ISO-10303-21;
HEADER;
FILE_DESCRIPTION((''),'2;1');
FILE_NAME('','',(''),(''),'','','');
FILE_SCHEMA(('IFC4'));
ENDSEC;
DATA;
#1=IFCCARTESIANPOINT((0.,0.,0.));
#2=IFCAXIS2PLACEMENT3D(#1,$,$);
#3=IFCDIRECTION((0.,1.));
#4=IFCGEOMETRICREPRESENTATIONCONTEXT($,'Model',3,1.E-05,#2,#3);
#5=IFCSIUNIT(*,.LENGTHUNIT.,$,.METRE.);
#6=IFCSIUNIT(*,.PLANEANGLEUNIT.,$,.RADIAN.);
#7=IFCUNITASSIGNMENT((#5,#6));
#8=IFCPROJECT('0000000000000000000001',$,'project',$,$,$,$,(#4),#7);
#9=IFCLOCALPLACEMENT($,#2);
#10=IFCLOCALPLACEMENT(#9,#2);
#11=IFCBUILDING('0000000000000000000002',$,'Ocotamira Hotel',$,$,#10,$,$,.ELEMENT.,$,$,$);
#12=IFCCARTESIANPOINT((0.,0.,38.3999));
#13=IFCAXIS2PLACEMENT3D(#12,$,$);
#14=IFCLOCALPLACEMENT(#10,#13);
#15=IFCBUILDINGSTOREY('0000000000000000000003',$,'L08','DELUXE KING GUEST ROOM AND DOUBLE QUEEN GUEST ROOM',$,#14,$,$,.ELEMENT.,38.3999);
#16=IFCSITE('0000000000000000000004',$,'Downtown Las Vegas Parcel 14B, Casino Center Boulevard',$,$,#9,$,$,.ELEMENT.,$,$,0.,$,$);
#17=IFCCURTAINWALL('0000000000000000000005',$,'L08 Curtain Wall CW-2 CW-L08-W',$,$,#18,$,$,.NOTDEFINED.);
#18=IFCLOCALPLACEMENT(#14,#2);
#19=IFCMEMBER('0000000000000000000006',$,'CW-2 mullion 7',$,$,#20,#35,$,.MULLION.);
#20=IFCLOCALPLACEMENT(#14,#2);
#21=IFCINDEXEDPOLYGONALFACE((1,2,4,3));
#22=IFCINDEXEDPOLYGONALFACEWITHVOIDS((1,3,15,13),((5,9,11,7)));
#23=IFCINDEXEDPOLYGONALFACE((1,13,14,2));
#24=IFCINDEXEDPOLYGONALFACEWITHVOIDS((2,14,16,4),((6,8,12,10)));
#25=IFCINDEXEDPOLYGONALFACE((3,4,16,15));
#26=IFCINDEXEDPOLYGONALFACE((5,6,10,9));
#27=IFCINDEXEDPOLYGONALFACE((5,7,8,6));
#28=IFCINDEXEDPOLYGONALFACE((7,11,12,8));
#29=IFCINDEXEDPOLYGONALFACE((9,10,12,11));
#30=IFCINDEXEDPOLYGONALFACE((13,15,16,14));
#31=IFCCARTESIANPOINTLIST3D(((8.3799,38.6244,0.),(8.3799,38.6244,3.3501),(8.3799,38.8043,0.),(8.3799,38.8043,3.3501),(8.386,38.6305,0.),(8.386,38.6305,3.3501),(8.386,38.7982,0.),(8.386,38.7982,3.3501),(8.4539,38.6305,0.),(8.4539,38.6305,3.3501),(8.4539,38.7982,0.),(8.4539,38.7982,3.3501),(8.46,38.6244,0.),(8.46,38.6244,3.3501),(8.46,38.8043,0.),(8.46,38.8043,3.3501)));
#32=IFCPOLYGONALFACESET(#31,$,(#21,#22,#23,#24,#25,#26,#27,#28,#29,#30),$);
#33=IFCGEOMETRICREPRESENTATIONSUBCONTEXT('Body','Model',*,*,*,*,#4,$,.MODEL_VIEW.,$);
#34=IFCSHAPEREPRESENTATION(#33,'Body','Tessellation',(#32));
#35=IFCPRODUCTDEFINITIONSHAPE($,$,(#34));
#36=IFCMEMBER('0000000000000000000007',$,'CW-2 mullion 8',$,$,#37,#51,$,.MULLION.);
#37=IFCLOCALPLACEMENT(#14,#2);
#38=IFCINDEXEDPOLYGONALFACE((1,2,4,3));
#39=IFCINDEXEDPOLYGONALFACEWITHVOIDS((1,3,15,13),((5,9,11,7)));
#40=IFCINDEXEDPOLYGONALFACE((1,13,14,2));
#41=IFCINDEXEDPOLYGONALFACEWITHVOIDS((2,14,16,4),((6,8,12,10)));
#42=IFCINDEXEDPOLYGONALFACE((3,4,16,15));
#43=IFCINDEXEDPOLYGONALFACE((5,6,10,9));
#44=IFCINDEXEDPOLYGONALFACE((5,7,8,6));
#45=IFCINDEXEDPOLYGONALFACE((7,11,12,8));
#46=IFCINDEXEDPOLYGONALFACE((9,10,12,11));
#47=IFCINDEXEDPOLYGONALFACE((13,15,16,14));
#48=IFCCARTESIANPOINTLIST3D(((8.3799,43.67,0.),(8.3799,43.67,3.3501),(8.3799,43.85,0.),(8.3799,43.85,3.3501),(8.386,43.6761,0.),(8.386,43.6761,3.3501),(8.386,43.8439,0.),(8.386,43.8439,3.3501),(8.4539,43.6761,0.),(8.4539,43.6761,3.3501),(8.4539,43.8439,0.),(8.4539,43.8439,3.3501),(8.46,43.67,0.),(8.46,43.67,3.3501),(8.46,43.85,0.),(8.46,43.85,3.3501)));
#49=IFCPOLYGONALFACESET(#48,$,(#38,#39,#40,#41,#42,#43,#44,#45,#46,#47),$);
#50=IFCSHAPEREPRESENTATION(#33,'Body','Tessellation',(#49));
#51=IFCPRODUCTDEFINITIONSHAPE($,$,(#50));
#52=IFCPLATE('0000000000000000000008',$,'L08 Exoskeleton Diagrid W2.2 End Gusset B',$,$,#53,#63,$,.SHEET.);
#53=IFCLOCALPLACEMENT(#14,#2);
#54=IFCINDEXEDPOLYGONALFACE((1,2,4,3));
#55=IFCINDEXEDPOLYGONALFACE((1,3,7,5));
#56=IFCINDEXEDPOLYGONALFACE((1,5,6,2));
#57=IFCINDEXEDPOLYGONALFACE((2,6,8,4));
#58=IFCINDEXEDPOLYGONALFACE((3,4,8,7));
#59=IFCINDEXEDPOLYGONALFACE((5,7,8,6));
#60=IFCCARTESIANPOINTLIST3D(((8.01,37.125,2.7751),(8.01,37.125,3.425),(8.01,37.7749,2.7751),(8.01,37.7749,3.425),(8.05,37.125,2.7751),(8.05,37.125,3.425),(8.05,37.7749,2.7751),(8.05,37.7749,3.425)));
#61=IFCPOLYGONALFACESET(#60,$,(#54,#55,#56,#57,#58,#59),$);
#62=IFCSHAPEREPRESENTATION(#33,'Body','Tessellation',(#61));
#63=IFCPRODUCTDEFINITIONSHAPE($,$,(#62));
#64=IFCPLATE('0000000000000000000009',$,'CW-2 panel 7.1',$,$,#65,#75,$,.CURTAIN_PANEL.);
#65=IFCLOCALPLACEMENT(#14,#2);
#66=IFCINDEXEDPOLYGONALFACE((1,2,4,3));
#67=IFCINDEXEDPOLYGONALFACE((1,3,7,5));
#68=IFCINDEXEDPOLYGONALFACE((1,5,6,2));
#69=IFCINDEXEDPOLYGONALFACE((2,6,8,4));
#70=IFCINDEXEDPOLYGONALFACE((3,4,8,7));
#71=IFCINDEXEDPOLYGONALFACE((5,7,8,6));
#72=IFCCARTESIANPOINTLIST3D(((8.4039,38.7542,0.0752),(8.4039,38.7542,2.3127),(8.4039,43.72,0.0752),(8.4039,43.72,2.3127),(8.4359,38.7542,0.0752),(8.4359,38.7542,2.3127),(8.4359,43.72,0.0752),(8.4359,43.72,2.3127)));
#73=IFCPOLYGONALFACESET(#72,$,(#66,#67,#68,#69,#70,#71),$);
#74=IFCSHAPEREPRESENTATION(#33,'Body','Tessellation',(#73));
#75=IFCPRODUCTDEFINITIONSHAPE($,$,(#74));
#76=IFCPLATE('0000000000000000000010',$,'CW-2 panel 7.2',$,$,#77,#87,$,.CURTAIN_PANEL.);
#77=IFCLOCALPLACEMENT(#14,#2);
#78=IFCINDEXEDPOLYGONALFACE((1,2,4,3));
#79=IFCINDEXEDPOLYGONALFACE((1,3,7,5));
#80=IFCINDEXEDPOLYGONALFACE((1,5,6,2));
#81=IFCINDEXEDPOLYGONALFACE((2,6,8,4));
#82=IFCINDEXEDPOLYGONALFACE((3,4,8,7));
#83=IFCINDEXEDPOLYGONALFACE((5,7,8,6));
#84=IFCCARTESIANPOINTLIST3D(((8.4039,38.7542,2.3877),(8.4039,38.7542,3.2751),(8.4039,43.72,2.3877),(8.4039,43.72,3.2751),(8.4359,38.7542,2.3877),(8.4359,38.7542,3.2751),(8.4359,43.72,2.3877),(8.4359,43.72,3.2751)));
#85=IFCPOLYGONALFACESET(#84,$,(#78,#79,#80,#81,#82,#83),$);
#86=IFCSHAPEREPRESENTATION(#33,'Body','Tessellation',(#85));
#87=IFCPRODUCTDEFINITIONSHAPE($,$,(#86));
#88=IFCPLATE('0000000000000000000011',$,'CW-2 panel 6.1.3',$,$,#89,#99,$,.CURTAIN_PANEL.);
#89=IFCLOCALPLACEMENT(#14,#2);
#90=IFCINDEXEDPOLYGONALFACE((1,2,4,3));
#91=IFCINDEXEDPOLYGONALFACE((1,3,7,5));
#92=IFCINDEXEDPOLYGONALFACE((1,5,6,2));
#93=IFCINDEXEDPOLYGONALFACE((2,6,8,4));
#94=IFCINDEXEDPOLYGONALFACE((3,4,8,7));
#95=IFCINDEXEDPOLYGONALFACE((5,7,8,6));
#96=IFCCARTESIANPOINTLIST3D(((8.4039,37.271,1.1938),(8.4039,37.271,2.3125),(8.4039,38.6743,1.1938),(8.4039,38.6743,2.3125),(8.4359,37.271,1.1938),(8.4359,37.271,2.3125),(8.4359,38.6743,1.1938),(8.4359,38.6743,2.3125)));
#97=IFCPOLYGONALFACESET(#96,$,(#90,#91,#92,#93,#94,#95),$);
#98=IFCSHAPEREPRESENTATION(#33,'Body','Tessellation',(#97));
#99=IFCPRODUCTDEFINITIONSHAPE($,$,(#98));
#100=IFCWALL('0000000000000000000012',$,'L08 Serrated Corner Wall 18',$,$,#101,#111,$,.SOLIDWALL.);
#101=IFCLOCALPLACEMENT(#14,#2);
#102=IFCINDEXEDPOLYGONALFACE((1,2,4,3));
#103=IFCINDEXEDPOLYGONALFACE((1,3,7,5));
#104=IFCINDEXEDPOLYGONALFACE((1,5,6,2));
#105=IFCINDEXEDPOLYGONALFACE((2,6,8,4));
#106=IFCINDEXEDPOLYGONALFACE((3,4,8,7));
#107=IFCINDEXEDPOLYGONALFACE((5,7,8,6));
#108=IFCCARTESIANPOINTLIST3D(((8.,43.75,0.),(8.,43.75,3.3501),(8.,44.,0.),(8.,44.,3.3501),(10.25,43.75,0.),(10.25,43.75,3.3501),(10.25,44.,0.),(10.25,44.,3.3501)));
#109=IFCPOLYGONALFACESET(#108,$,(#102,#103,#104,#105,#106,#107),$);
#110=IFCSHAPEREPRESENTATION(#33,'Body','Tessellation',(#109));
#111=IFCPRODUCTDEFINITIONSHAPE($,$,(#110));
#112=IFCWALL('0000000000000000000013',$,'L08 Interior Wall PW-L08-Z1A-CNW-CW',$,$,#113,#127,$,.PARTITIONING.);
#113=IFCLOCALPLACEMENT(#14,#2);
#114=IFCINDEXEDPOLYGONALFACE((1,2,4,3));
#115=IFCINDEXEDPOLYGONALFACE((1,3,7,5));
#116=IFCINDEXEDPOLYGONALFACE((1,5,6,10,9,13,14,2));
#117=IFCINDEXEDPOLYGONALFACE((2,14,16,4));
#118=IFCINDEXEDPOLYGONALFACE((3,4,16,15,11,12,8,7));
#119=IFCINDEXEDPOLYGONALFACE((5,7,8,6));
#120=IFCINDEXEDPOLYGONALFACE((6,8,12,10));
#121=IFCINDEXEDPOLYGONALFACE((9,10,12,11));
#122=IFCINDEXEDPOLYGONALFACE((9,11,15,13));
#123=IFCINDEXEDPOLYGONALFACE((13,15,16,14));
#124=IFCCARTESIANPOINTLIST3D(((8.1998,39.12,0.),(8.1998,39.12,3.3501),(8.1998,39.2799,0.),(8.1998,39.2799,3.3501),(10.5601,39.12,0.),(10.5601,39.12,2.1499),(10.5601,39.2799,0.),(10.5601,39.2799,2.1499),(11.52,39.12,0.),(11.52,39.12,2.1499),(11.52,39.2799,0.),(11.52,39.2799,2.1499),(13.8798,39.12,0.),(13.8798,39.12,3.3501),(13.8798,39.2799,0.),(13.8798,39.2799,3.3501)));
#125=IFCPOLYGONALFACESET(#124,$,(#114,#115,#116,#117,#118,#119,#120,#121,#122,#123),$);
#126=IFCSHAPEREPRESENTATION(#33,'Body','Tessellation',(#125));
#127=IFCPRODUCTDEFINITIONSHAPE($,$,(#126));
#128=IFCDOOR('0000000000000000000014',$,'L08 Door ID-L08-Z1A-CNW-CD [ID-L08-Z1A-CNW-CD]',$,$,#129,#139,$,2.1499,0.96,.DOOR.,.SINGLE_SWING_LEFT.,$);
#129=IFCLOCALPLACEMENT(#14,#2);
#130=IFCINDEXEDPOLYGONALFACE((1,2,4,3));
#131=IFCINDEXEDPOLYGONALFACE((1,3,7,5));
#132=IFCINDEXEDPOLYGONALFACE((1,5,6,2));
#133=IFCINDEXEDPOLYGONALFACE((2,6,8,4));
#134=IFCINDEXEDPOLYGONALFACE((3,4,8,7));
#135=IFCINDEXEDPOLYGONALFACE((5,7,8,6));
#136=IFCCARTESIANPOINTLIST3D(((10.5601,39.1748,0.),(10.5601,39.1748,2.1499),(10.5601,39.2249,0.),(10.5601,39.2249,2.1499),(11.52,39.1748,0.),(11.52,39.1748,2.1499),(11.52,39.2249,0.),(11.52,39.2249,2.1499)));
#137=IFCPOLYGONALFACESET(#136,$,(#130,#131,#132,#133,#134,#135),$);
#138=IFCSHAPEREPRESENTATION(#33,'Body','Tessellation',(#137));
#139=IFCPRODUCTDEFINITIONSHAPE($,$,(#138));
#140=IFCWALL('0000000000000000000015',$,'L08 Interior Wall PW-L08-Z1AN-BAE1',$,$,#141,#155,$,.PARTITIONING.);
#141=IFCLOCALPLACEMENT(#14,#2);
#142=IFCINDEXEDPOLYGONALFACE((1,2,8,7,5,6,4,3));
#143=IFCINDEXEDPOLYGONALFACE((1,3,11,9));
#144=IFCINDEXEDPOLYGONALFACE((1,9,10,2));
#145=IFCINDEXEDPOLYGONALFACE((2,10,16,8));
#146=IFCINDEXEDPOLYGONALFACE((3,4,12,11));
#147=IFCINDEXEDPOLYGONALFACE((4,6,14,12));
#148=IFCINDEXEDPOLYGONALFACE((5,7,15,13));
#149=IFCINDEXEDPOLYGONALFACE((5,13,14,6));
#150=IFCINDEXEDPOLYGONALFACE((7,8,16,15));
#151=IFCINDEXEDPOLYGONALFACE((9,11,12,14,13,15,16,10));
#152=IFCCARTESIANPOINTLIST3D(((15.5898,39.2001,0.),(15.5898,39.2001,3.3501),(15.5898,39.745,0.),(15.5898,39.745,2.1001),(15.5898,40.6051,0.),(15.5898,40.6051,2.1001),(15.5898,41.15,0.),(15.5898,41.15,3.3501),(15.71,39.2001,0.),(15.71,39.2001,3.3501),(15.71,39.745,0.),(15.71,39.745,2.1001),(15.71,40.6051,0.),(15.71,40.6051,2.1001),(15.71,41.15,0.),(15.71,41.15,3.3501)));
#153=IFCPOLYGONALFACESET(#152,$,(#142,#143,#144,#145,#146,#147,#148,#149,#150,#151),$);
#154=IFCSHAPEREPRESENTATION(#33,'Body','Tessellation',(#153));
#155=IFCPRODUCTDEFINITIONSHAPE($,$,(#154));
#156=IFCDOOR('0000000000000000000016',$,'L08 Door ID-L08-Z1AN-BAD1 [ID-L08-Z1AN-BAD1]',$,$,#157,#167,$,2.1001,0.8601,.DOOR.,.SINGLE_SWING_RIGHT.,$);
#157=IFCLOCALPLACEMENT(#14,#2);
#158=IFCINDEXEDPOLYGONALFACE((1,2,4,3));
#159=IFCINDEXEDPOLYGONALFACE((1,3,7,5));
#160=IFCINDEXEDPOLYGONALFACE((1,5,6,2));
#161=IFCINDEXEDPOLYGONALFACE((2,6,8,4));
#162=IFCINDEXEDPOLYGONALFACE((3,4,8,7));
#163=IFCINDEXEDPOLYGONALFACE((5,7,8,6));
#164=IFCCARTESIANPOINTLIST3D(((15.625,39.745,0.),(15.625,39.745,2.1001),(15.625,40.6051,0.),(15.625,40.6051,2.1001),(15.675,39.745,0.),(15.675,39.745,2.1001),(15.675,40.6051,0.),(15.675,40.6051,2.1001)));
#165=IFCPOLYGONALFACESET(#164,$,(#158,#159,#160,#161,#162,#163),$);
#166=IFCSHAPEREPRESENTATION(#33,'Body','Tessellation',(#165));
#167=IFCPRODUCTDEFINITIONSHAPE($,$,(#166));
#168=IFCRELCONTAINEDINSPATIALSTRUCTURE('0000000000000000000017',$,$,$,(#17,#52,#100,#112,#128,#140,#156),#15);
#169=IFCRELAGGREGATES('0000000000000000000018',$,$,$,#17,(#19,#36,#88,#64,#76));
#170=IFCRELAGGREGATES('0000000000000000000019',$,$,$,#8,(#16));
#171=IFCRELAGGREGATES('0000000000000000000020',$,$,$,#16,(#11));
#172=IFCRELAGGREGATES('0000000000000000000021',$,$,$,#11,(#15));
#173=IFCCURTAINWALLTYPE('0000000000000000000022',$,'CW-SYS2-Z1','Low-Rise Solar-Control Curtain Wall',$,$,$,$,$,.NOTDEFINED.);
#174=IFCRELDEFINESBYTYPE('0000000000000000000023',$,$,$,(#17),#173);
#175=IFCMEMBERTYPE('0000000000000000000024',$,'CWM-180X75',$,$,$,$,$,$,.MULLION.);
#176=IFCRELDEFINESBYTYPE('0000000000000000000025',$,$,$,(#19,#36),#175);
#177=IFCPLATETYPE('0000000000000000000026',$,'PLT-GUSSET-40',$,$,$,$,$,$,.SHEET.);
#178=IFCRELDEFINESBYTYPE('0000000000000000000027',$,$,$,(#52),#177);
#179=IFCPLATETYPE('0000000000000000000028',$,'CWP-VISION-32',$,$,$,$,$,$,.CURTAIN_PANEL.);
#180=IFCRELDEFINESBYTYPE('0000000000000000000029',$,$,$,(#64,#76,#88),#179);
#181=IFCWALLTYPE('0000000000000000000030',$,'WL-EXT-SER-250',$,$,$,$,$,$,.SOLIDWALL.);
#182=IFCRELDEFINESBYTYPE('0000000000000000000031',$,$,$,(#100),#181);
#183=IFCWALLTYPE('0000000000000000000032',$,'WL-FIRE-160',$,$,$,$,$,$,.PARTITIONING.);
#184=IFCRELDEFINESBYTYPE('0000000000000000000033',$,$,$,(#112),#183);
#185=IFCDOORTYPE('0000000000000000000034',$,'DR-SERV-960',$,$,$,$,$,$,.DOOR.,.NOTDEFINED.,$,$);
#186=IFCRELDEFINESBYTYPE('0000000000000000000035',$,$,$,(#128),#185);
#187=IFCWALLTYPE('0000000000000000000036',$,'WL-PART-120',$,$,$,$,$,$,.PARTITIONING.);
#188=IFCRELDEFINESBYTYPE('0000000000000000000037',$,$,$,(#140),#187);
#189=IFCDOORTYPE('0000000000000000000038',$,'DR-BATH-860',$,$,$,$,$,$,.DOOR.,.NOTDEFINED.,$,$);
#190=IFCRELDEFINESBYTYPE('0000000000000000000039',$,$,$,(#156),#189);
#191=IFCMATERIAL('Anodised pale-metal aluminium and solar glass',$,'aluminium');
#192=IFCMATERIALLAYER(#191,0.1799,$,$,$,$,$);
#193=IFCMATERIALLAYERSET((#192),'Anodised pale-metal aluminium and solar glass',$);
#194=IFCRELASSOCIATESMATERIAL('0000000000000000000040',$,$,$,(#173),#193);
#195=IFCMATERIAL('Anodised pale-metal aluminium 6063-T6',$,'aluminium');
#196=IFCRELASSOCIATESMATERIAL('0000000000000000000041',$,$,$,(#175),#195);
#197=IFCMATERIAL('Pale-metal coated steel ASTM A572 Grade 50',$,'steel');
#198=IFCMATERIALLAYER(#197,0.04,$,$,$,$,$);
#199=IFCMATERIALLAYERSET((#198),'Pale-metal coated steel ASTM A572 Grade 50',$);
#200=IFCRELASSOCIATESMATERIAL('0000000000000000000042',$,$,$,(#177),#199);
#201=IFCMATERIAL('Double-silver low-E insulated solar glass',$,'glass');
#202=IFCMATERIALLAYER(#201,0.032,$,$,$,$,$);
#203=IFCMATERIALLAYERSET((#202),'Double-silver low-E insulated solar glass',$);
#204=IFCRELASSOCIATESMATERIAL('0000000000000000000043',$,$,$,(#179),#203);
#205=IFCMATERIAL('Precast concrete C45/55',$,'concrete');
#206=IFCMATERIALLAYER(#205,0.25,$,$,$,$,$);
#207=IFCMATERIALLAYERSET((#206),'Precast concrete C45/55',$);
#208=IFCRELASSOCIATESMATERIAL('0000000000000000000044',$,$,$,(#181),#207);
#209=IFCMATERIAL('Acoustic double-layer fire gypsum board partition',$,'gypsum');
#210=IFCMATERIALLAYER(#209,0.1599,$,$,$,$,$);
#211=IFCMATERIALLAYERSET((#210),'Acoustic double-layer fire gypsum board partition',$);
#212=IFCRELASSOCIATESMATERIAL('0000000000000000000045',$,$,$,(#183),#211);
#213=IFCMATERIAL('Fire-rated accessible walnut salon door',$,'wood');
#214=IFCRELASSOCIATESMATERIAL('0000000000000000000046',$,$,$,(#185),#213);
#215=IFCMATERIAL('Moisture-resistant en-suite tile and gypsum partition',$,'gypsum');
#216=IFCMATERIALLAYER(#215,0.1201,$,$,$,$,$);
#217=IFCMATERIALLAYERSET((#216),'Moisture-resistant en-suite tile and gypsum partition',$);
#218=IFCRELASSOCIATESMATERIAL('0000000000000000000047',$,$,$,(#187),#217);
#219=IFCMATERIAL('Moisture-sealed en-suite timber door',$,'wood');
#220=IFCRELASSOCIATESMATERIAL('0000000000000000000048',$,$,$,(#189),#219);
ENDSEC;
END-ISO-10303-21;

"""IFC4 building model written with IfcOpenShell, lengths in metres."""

from ifc_helpers import new_model, si_unit, direction, frame, frame_2d, origin, origin_2d, place, context, subcontext, project, spatial, rectangle, hollow_rectangle, extrude, source, transform, mapped, material, layer, layer_set, material_profile, profile_set, type_object, element, fill, aggregate, save


model = new_model("IFC4")

# Units and contexts
model_context = context("Model", 3, precision=1e-05, world=origin(), true_north=direction((0.0, 1.0)))
body_context = subcontext(model_context, "Body", "Model", "MODEL_VIEW")
ifc_project = project(units=[si_unit("LENGTHUNIT", "METRE"), si_unit("PLANEANGLEUNIT", "RADIAN")], contexts=[model_context])

# Site, building, storey
site_placement = place(None, origin())
site = spatial("IfcSite", under=ifc_project, at=site_placement, Name="Downtown Las Vegas Parcel 14B, Casino Center Boulevard", CompositionType="ELEMENT", RefElevation=0.0)
building_placement = place(site_placement, origin())
building = spatial("IfcBuilding", under=site, at=building_placement, Name="Ocotamira Hotel", CompositionType="ELEMENT")
storey_placement = place(building_placement, frame((0.0, 0.0, 38.3999)))
storey = spatial("IfcBuildingStorey", under=building, at=storey_placement, Name="L08", Description="DELUXE KING GUEST ROOM AND DOUBLE QUEEN GUEST ROOM", CompositionType="ELEMENT", Elevation=38.3999)

# Curtain wall, members
ifc_material_1 = material(Name="Anodised pale-metal aluminium and solar glass", Category="aluminium")
ifc_layer_1 = layer(ifc_material_1, 0.1799)
ifc_layer_set_1 = layer_set([ifc_layer_1], Name="Anodised pale-metal aluminium and solar glass")
curtain_wall_type = type_object("IfcCurtainWallType", Name="CW-SYS2-Z1", Description="Low-Rise Solar-Control Curtain Wall", PredefinedType="NOTDEFINED", material=ifc_layer_set_1)
curtain_wall_placement = place(storey_placement, origin())
curtain_wall = element("IfcCurtainWall", 1, at=curtain_wall_placement, inside=storey, type_object=curtain_wall_type, Name="L08 Curtain Wall CW-2 CW-L08-W", PredefinedType="NOTDEFINED")
ifc_material_2 = material(Name="Anodised pale-metal aluminium 6063-T6", Category="aluminium")
ifc_material_profile_1 = material_profile(ifc_material_2, hollow_rectangle(XDim=0.0801, YDim=0.1799, WallThickness=0.0061, at=origin_2d()), Name="HSS180X80X6")
ifc_profile_set_1 = profile_set([ifc_material_profile_1], Name="Anodised pale-metal aluminium 6063-T6")
member_type_1 = type_object("IfcMemberType", Name="CWM-180X75", PredefinedType="MULLION", material=ifc_profile_set_1)
shared_shape_1 = source(origin(), body_context, "Body", "SweptSolid", [
    extrude(hollow_rectangle(XDim=0.0801, YDim=0.1799, WallThickness=0.0061, at=origin_2d()), origin(), (0.0, 0.0, 1.0), 3.3501),
])
member_1_placement = place(storey_placement, frame((8.4199, 38.7144, 0.0), z_axis=(0.0, 0.0, 1.0), x_axis=(-1.0, 0.0, 0.0)))
member_1 = element("IfcMember", 2, at=member_1_placement, type_object=member_type_1, Name="CW-2 mullion 7", PredefinedType="MULLION", context=body_context, shape_type="MappedRepresentation", body=[
    mapped(shared_shape_1, transform((0.0, 0.0, 0.0), scale=1.0)),
])
member_2_placement = place(storey_placement, frame((8.4199, 43.76, 0.0), z_axis=(0.0, 0.0, 1.0), x_axis=(-1.0, 0.0, 0.0)))
member_2 = element("IfcMember", 3, at=member_2_placement, type_object=member_type_1, Name="CW-2 mullion 8", PredefinedType="MULLION", context=body_context, shape_type="MappedRepresentation", body=[
    mapped(shared_shape_1, transform((0.0, 0.0, 0.0), scale=1.0)),
])

# Plates
ifc_material_3 = material(Name="Pale-metal coated steel ASTM A572 Grade 50", Category="steel")
ifc_layer_2 = layer(ifc_material_3, 0.04)
ifc_layer_set_2 = layer_set([ifc_layer_2], Name="Pale-metal coated steel ASTM A572 Grade 50")
plate_type_1 = type_object("IfcPlateType", Name="PLT-GUSSET-40", PredefinedType="SHEET", material=ifc_layer_set_2)
shared_shape_2 = source(origin(), body_context, "Body", "SweptSolid", [
    extrude(rectangle(XDim=0.04, YDim=0.6499, at=origin_2d()), origin(), (0.0, 0.0, 1.0), 0.6499),
])
plate_1_placement = place(storey_placement, frame((8.03, 37.45, 2.7751), z_axis=(0.0, 0.0, 1.0), x_axis=(1.0, 0.0, 0.0)))
element("IfcPlate", 4, at=plate_1_placement, inside=storey, type_object=plate_type_1, Name="L08 Exoskeleton Diagrid W2.2 End Gusset B", PredefinedType="SHEET", context=body_context, shape_type="MappedRepresentation", body=[
    mapped(shared_shape_2, transform((0.0, 0.0, 0.0), scale=1.0)),
])
ifc_material_4 = material(Name="Double-silver low-E insulated solar glass", Category="glass")
ifc_layer_3 = layer(ifc_material_4, 0.032)
ifc_layer_set_3 = layer_set([ifc_layer_3], Name="Double-silver low-E insulated solar glass")
plate_type_2 = type_object("IfcPlateType", Name="CWP-VISION-32", PredefinedType="CURTAIN_PANEL", material=ifc_layer_set_3)
shared_shape_3 = source(origin(), body_context, "Body", "SweptSolid", [
    extrude(rectangle(XDim=4.9658, YDim=0.032, at=origin_2d()), origin(), (0.0, 0.0, 1.0), 2.2375),
])
plate_2_placement = place(storey_placement, frame((8.4199, 41.2371, 0.0752), z_axis=(0.0, 0.0, 1.0), x_axis=(0.0, 1.0, 0.0)))
plate_2 = element("IfcPlate", 5, at=plate_2_placement, type_object=plate_type_2, Name="CW-2 panel 7.1", PredefinedType="CURTAIN_PANEL", context=body_context, shape_type="MappedRepresentation", body=[
    mapped(shared_shape_3, transform((0.0, 0.0, 0.0), scale=1.0)),
])
shared_shape_4 = source(origin(), body_context, "Body", "SweptSolid", [
    extrude(rectangle(XDim=4.9658, YDim=0.032, at=origin_2d()), origin(), (0.0, 0.0, 1.0), 0.8875),
])
plate_3_placement = place(storey_placement, frame((8.4199, 41.2371, 2.3877), z_axis=(0.0, 0.0, 1.0), x_axis=(0.0, 1.0, 0.0)))
plate_3 = element("IfcPlate", 6, at=plate_3_placement, type_object=plate_type_2, Name="CW-2 panel 7.2", PredefinedType="CURTAIN_PANEL", context=body_context, shape_type="MappedRepresentation", body=[
    mapped(shared_shape_4, transform((0.0, 0.0, 0.0), scale=1.0)),
])
shared_shape_5 = source(origin(), body_context, "Body", "SweptSolid", [
    extrude(rectangle(XDim=1.4033, YDim=0.032, at=origin_2d()), origin(), (0.0, 0.0, 1.0), 1.1187),
])
plate_4_placement = place(storey_placement, frame((8.4199, 37.9727, 1.1938), z_axis=(0.0, 0.0, 1.0), x_axis=(0.0, 1.0, 0.0)))
plate_4 = element("IfcPlate", 7, at=plate_4_placement, type_object=plate_type_2, Name="CW-2 panel 6.1.3", PredefinedType="CURTAIN_PANEL", context=body_context, shape_type="MappedRepresentation", body=[
    mapped(shared_shape_5, transform((0.0, 0.0, 0.0), scale=1.0)),
])
aggregate(curtain_wall, [member_1, member_2, plate_4, plate_2, plate_3])

# Wall
ifc_material_5 = material(Name="Precast concrete C45/55", Category="concrete")
ifc_layer_4 = layer(ifc_material_5, 0.25)
ifc_layer_set_4 = layer_set([ifc_layer_4], Name="Precast concrete C45/55")
wall_type_1 = type_object("IfcWallType", Name="WL-EXT-SER-250", PredefinedType="SOLIDWALL", material=ifc_layer_set_4)
wall_1_placement = place(storey_placement, frame((10.25, 43.875, 0.0), z_axis=(0.0, 0.0, 1.0), x_axis=(-1.0, 0.0, 0.0)))
element("IfcWall", 8, at=wall_1_placement, inside=storey, type_object=wall_type_1, Name="L08 Serrated Corner Wall 18", PredefinedType="SOLIDWALL", context=body_context, shape_type="SweptSolid", body=[
    extrude(rectangle(XDim=2.25, YDim=0.25, at=frame_2d((1.125, 0.0))), origin(), (0.0, 0.0, 1.0), 3.3501),
])

# Wall, opening, door
ifc_material_6 = material(Name="Acoustic double-layer fire gypsum board partition", Category="gypsum")
ifc_layer_5 = layer(ifc_material_6, 0.1599)
ifc_layer_set_5 = layer_set([ifc_layer_5], Name="Acoustic double-layer fire gypsum board partition")
wall_type_2 = type_object("IfcWallType", Name="WL-FIRE-160", PredefinedType="PARTITIONING", material=ifc_layer_set_5)
wall_2_placement = place(storey_placement, frame((8.2, 39.2, 0.0), z_axis=(0.0, 0.0, 1.0), x_axis=(1.0, 0.0, 0.0)))
wall_2 = element("IfcWall", 9, at=wall_2_placement, inside=storey, type_object=wall_type_2, Name="L08 Interior Wall PW-L08-Z1A-CNW-CW", PredefinedType="PARTITIONING", context=body_context, shape_type="SweptSolid", body=[
    extrude(rectangle(XDim=5.6799, YDim=0.1599, at=frame_2d((2.8398, 0.0))), origin(), (0.0, 0.0, 1.0), 3.3501),
])
opening_1_placement = place(wall_2_placement, frame((2.3601, 0.0, 0.0)))
opening_1 = element("IfcOpeningElement", 10, at=opening_1_placement, cuts=wall_2, PredefinedType="OPENING", context=body_context, shape_type="SweptSolid", body=[
    extrude(rectangle(XDim=0.96, YDim=2.1499, at=frame_2d((0.48, 1.075))), frame((0.0, 0.0898, 0.0), z_axis=(0.0, -1.0, 0.0), x_axis=(1.0, 0.0, 0.0)), (0.0, 0.0, 1.0), 0.1799),
])
ifc_material_7 = material(Name="Fire-rated accessible walnut salon door", Category="wood")
door_type_1 = type_object("IfcDoorType", Name="DR-SERV-960", OperationType="NOTDEFINED", PredefinedType="DOOR", material=ifc_material_7)
shared_shape_6 = source(origin(), body_context, "Body", "SweptSolid", [
    extrude(rectangle(XDim=0.96, YDim=2.1499, at=frame_2d((0.48, 1.075))), frame((0.0, 0.0249, 0.0), z_axis=(0.0, -1.0, 0.0), x_axis=(1.0, 0.0, 0.0)), (0.0, 0.0, 1.0), 0.05),
])
door_1_placement = place(opening_1_placement, origin())
door_1 = element("IfcDoor", 11, at=door_1_placement, inside=storey, type_object=door_type_1, Name="L08 Door ID-L08-Z1A-CNW-CD [ID-L08-Z1A-CNW-CD]", OperationType="SINGLE_SWING_LEFT", OverallHeight=2.1499, OverallWidth=0.96, PredefinedType="DOOR", context=body_context, shape_type="MappedRepresentation", body=[
    mapped(shared_shape_6, transform((0.0, 0.0, 0.0), scale=1.0)),
])
fill(opening_1, door_1)

# Wall, opening, door
ifc_material_8 = material(Name="Moisture-resistant en-suite tile and gypsum partition", Category="gypsum")
ifc_layer_6 = layer(ifc_material_8, 0.1201)
ifc_layer_set_6 = layer_set([ifc_layer_6], Name="Moisture-resistant en-suite tile and gypsum partition")
wall_type_3 = type_object("IfcWallType", Name="WL-PART-120", PredefinedType="PARTITIONING", material=ifc_layer_set_6)
wall_3_placement = place(storey_placement, frame((15.6499, 39.2, 0.0), z_axis=(0.0, 0.0, 1.0), x_axis=(0.0, 1.0, 0.0)))
wall_3 = element("IfcWall", 12, at=wall_3_placement, inside=storey, type_object=wall_type_3, Name="L08 Interior Wall PW-L08-Z1AN-BAE1", PredefinedType="PARTITIONING", context=body_context, shape_type="SweptSolid", body=[
    extrude(rectangle(XDim=1.95, YDim=0.1201, at=frame_2d((0.9751, 0.0))), origin(), (0.0, 0.0, 1.0), 3.3501),
])
opening_2_placement = place(wall_3_placement, frame((0.5449, 0.0, 0.0)))
opening_2 = element("IfcOpeningElement", 13, at=opening_2_placement, cuts=wall_3, PredefinedType="OPENING", context=body_context, shape_type="SweptSolid", body=[
    extrude(rectangle(XDim=0.8601, YDim=2.1001, at=frame_2d((0.4302, 1.05))), frame((0.0, 0.0701, 0.0), z_axis=(0.0, -1.0, 0.0), x_axis=(1.0, 0.0, 0.0)), (0.0, 0.0, 1.0), 0.1401),
])
ifc_material_9 = material(Name="Moisture-sealed en-suite timber door", Category="wood")
door_type_2 = type_object("IfcDoorType", Name="DR-BATH-860", OperationType="NOTDEFINED", PredefinedType="DOOR", material=ifc_material_9)
shared_shape_7 = source(origin(), body_context, "Body", "SweptSolid", [
    extrude(rectangle(XDim=0.8601, YDim=2.1001, at=frame_2d((0.4302, 1.05))), frame((0.0, 0.0249, 0.0), z_axis=(0.0, -1.0, 0.0), x_axis=(1.0, 0.0, 0.0)), (0.0, 0.0, 1.0), 0.05),
])
door_2_placement = place(opening_2_placement, origin())
door_2 = element("IfcDoor", 14, at=door_2_placement, inside=storey, type_object=door_type_2, Name="L08 Door ID-L08-Z1AN-BAD1 [ID-L08-Z1AN-BAD1]", OperationType="SINGLE_SWING_RIGHT", OverallHeight=2.1001, OverallWidth=0.8601, PredefinedType="DOOR", context=body_context, shape_type="MappedRepresentation", body=[
    mapped(shared_shape_7, transform((0.0, 0.0, 0.0), scale=1.0)),
])
fill(opening_2, door_2)

save(model, "model.ifc")
